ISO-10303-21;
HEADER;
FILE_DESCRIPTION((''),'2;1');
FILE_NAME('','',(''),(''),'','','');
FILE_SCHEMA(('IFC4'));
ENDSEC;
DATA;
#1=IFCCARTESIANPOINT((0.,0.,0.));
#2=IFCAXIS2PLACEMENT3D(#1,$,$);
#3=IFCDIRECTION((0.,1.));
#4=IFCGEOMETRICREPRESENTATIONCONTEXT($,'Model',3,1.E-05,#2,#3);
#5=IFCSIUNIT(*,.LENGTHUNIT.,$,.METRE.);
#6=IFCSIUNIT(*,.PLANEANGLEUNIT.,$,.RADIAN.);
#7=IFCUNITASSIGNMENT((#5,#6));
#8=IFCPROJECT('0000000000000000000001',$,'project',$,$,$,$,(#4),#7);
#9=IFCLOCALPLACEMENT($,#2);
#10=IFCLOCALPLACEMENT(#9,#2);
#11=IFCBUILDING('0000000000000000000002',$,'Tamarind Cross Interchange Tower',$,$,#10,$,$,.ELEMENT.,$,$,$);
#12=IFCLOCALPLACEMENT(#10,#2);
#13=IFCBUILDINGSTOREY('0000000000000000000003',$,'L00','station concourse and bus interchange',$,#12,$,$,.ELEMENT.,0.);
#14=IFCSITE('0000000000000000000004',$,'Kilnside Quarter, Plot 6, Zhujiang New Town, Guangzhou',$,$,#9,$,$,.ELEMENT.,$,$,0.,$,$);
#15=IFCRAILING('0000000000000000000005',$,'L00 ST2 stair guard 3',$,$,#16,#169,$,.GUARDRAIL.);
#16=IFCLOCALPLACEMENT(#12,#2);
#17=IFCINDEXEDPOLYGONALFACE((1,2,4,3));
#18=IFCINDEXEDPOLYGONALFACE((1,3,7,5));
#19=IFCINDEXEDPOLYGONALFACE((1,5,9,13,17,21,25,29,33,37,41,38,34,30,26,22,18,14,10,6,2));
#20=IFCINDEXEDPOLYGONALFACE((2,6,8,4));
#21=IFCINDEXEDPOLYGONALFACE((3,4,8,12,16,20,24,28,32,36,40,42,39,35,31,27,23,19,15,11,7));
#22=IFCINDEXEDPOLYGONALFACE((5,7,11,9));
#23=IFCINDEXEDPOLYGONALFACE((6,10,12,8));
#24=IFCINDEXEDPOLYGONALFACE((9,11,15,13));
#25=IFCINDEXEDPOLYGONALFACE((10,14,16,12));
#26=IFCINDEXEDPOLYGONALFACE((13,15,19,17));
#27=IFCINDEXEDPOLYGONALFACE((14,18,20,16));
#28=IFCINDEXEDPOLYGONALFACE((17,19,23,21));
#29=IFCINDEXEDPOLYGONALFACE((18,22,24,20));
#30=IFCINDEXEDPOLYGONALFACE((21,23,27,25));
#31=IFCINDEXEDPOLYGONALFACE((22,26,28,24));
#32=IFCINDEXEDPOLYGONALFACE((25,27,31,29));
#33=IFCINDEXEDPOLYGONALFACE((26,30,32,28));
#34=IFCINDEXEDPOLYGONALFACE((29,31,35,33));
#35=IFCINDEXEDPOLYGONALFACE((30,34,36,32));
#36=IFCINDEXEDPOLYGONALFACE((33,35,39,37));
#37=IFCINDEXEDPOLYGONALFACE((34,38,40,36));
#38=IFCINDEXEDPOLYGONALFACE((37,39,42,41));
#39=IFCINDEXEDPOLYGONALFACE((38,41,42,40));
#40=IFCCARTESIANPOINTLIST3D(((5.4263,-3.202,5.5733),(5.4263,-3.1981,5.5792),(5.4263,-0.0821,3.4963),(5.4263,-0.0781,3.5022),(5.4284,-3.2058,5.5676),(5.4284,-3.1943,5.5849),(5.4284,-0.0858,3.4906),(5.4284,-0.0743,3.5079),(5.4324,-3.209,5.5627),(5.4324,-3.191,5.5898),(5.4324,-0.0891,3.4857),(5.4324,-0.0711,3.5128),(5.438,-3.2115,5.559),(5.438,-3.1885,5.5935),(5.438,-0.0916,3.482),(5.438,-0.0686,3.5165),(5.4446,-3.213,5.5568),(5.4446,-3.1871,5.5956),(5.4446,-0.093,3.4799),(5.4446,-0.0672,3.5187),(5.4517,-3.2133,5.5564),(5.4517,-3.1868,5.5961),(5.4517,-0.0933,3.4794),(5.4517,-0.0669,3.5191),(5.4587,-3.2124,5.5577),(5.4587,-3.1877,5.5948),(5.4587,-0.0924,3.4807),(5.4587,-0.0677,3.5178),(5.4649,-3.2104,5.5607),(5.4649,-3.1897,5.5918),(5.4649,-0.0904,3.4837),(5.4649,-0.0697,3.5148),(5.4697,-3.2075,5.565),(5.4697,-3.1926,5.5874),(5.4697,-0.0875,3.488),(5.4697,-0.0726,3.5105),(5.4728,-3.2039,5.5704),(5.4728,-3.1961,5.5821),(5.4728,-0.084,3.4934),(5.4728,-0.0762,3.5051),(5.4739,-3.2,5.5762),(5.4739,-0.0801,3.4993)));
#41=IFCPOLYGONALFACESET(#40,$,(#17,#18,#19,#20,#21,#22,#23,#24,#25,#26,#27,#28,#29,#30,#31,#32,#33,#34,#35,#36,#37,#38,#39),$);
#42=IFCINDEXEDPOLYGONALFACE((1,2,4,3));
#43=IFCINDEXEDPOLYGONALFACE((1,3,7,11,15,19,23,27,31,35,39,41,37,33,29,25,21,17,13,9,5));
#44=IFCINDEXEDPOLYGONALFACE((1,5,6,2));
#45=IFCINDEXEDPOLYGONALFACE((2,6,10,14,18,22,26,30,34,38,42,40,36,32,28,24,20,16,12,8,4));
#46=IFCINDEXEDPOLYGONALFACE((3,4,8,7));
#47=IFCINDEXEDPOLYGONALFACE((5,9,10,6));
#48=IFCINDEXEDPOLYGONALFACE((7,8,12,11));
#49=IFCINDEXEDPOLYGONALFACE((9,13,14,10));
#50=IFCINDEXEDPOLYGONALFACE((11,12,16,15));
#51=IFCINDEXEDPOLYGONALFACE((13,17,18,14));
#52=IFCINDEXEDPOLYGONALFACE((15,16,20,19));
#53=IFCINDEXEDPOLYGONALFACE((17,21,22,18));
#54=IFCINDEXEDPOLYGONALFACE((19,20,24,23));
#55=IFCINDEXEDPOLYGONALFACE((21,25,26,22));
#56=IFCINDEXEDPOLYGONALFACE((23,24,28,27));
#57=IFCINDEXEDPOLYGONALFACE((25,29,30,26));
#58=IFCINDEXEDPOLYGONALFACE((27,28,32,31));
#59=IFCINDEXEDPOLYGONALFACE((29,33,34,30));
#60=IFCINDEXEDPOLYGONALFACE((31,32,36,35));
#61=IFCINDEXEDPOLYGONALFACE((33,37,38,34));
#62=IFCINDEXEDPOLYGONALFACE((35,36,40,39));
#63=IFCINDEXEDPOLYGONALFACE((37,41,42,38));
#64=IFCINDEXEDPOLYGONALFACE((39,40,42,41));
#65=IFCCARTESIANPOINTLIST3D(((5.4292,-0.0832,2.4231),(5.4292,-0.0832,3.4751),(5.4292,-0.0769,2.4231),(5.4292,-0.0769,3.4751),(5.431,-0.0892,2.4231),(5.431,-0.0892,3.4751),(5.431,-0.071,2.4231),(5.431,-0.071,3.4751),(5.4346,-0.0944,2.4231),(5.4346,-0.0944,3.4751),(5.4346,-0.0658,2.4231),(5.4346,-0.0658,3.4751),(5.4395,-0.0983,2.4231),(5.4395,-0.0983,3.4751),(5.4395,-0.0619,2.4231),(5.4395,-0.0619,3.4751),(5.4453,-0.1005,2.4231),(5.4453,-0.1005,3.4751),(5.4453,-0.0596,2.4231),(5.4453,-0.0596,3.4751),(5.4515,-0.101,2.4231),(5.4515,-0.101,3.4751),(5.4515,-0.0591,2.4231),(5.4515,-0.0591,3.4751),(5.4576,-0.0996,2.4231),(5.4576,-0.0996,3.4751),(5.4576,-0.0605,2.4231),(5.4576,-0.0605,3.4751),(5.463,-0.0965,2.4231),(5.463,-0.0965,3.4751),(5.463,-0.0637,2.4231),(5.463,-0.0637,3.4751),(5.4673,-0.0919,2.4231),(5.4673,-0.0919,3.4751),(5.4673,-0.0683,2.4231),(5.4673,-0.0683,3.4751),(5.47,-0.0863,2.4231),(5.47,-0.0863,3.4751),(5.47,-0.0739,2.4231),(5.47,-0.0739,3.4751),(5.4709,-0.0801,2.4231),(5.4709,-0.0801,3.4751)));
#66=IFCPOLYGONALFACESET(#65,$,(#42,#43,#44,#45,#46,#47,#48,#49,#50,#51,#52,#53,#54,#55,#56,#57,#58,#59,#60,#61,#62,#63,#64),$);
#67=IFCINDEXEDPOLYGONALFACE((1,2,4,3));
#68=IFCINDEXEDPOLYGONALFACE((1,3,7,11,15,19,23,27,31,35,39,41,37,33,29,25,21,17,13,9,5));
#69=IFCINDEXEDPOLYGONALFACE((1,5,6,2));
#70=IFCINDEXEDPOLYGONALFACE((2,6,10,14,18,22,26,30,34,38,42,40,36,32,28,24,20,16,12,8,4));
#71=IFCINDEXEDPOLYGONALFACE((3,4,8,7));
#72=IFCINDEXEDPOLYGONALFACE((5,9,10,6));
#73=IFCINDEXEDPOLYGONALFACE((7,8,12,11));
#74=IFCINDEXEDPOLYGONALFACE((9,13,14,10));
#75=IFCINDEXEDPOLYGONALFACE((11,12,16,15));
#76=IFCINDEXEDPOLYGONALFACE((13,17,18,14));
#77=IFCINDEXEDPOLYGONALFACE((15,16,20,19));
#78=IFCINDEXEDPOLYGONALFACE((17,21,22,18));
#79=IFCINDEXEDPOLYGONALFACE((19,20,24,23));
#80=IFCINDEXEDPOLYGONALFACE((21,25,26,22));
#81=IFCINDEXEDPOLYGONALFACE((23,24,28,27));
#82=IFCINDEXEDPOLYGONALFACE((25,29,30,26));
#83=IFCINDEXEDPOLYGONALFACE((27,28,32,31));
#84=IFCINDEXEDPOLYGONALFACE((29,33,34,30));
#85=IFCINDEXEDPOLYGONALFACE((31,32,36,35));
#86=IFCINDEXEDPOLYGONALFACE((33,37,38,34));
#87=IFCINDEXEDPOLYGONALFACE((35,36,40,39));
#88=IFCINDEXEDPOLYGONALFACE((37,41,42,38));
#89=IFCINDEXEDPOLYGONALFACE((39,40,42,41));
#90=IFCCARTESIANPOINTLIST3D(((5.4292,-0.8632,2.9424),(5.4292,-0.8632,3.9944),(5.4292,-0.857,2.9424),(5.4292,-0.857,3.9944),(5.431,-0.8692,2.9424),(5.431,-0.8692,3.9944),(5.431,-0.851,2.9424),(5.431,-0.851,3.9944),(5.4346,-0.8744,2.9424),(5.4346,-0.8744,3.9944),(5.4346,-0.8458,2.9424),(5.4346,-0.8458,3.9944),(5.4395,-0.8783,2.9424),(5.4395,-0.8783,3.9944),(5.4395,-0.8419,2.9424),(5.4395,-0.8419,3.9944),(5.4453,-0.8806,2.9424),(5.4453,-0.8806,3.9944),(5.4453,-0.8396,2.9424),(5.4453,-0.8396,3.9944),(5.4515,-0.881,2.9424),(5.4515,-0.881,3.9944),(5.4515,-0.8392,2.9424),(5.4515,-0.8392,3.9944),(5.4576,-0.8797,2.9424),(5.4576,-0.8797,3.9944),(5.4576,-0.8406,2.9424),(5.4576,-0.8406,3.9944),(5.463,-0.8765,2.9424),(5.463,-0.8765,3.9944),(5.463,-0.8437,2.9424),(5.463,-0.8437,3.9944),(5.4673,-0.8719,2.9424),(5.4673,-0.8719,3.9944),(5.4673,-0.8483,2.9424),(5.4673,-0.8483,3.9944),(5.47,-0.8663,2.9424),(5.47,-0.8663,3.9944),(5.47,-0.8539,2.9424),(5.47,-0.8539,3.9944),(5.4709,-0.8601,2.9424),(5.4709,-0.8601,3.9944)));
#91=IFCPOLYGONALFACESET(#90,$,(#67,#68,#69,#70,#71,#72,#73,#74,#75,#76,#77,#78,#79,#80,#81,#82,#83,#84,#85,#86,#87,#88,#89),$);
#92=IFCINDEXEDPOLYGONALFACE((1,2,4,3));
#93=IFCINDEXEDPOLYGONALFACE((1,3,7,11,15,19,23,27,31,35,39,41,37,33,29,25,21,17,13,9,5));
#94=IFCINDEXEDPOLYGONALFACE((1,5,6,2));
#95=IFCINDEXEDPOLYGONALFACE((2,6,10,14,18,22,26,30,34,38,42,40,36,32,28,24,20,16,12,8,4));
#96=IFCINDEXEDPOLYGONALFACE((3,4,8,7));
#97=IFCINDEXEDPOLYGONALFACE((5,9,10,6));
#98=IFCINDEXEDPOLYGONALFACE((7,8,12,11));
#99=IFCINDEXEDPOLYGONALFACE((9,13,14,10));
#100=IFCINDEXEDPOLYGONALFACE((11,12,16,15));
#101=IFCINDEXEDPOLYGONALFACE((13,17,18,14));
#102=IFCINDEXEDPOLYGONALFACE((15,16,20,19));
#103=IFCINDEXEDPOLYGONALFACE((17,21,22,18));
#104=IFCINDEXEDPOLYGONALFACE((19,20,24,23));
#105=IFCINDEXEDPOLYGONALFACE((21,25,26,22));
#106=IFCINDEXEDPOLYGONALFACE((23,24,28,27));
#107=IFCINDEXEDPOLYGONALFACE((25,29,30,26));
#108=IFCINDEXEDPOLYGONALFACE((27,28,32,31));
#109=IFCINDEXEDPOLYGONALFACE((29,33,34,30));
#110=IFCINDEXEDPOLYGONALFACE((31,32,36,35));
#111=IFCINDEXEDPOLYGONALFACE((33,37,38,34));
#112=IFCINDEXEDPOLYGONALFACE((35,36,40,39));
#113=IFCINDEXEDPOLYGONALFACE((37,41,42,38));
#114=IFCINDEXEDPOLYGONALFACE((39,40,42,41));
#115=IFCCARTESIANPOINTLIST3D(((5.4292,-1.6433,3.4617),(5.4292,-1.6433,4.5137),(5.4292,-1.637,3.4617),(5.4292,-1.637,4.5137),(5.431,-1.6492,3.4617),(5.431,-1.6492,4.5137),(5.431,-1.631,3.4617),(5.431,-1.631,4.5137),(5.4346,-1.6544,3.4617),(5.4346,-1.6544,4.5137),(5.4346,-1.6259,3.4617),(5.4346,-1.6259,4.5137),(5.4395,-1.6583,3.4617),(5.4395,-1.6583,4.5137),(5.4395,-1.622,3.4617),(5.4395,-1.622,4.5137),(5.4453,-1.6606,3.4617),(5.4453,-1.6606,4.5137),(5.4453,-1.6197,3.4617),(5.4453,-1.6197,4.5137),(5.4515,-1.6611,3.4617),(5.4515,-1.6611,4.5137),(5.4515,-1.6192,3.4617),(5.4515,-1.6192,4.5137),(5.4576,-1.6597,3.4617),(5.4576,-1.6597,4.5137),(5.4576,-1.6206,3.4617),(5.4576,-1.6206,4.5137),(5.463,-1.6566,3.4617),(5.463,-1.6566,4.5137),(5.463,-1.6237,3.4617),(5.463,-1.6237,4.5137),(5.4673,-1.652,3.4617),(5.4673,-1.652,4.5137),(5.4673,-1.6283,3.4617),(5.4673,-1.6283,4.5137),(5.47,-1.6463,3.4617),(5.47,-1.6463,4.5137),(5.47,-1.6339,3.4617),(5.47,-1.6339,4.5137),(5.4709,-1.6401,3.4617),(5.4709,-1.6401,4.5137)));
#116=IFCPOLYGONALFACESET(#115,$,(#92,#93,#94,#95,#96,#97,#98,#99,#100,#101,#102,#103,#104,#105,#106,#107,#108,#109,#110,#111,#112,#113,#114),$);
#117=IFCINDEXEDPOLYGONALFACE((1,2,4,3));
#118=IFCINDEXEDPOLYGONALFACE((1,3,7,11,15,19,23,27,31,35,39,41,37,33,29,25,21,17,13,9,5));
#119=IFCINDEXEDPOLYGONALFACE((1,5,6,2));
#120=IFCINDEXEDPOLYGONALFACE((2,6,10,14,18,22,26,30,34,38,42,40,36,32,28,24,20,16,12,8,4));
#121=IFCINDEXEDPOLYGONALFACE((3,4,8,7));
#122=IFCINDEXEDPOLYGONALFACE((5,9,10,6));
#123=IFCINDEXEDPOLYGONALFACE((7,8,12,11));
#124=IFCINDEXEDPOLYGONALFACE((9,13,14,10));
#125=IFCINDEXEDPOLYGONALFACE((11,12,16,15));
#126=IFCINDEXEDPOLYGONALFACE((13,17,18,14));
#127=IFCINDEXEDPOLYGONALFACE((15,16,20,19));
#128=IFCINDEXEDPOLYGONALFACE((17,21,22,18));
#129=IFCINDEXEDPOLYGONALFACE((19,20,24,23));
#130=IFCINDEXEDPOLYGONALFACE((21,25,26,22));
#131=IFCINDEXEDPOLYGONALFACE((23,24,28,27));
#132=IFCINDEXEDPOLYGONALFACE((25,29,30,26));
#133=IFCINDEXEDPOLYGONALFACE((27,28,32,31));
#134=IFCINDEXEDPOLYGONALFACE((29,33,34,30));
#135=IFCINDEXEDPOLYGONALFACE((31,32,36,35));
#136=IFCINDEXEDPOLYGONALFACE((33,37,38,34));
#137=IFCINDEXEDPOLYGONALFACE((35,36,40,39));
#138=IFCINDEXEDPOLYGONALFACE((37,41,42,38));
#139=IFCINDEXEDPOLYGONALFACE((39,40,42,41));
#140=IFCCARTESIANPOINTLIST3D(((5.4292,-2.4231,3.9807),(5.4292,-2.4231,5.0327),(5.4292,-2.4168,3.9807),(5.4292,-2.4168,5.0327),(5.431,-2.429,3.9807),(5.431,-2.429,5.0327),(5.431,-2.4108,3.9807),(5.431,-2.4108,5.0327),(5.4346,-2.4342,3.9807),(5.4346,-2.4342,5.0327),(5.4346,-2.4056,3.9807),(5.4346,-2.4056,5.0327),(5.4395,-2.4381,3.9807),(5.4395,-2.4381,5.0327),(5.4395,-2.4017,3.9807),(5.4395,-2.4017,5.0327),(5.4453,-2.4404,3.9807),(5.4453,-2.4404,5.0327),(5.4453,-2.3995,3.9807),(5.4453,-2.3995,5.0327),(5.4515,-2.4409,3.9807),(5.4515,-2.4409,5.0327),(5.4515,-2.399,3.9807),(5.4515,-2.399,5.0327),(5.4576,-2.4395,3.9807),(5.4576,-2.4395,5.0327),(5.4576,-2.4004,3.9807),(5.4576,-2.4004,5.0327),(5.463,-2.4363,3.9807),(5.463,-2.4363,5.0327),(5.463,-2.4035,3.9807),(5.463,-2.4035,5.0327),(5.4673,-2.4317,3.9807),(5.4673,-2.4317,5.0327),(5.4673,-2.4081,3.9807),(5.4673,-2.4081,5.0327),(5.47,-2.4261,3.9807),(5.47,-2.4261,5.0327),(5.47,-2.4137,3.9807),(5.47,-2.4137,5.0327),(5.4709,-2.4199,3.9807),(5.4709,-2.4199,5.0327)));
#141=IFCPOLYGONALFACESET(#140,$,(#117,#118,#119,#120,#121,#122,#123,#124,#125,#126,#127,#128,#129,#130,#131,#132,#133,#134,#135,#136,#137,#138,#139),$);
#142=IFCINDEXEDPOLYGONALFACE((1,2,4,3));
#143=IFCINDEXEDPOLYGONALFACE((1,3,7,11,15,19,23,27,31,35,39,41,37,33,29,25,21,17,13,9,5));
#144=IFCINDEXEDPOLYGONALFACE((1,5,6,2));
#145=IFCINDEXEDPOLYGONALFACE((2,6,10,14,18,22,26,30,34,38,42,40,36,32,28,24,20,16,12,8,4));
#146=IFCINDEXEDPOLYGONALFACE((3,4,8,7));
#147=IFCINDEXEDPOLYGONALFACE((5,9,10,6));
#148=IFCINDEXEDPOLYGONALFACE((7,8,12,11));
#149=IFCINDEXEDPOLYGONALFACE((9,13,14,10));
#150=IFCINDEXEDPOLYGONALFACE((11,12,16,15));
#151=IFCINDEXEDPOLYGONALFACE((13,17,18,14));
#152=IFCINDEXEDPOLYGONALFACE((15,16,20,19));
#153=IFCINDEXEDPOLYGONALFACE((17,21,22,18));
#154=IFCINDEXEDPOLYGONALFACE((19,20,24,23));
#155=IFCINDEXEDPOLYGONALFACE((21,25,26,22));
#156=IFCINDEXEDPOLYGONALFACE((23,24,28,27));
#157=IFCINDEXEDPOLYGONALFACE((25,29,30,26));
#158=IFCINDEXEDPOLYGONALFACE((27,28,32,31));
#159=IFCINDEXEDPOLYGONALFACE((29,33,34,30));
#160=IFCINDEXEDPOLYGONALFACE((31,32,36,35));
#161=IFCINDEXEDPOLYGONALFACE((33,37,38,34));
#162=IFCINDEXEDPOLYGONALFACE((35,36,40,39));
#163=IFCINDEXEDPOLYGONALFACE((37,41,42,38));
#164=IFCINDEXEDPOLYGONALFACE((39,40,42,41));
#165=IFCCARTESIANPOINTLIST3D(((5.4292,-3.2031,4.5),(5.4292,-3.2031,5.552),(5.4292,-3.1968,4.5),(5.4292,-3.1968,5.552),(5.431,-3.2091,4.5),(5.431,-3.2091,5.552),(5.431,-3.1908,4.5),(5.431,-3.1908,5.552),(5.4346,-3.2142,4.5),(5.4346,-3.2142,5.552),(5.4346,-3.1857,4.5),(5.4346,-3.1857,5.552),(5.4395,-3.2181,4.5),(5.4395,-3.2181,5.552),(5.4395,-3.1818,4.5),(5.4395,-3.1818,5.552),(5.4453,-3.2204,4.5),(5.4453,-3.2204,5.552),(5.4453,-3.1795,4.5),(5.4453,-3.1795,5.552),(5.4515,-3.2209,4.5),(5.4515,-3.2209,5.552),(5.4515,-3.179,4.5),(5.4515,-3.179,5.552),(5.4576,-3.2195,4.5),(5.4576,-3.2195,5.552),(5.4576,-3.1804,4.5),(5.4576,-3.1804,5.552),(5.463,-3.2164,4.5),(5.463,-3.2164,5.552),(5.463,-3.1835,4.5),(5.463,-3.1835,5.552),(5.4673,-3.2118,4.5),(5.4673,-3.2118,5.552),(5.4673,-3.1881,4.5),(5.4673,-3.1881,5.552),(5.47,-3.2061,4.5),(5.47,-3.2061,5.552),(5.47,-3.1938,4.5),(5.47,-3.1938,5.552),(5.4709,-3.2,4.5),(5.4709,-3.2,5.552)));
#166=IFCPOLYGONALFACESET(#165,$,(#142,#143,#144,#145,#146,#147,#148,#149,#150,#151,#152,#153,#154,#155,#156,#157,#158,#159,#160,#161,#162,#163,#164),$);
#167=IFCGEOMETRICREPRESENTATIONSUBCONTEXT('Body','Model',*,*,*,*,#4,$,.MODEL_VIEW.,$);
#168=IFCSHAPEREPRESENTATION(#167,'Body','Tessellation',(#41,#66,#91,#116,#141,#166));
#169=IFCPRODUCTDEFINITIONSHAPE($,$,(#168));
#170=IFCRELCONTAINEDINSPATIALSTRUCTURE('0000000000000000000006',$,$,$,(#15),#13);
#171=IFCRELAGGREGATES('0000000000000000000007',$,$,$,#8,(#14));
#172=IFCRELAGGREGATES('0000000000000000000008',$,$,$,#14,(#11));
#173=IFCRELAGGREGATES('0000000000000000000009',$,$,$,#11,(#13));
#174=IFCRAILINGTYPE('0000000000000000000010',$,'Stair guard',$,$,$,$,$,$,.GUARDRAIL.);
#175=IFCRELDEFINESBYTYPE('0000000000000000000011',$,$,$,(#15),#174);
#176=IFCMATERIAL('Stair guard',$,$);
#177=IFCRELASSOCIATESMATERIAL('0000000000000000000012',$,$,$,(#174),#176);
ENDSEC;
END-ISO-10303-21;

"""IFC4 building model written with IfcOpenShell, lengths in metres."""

from ifc_helpers import new_model, si_unit, direction, frame, origin, origin_2d, place, context, subcontext, project, spatial, circle, extrude, material, type_object, element, save


model = new_model("IFC4")

# Units and contexts
model_context = context("Model", 3, precision=1e-05, world=origin(), true_north=direction((0.0, 1.0)))
body_context = subcontext(model_context, "Body", "Model", "MODEL_VIEW")
ifc_project = project(units=[si_unit("LENGTHUNIT", "METRE"), si_unit("PLANEANGLEUNIT", "RADIAN")], contexts=[model_context])

# Site, building, storey
site_placement = place(None, origin())
site = spatial("IfcSite", under=ifc_project, at=site_placement, Name="Kilnside Quarter, Plot 6, Zhujiang New Town, Guangzhou", CompositionType="ELEMENT", RefElevation=0.0)
building_placement = place(site_placement, origin())
building = spatial("IfcBuilding", under=site, at=building_placement, Name="Tamarind Cross Interchange Tower", CompositionType="ELEMENT")
storey_placement = place(building_placement, origin())
storey = spatial("IfcBuildingStorey", under=building, at=storey_placement, Name="L00", Description="station concourse and bus interchange", CompositionType="ELEMENT", Elevation=0.0)

# Railing
ifc_material_1 = material(Name="Stair guard")
railing_type_1 = type_object("IfcRailingType", Name="Stair guard", PredefinedType="GUARDRAIL", material=ifc_material_1)
railing_1_placement = place(storey_placement, frame((5.45, -0.0801, 2.4231)))
element("IfcRailing", 1, at=railing_1_placement, inside=storey, type_object=railing_type_1, Name="L00 ST2 stair guard 3", PredefinedType="GUARDRAIL", context=body_context, shape_type="SweptSolid", body=[
    extrude(circle(Radius=0.0239, at=origin_2d()), frame((0.0, 0.0, 1.0762), z_axis=(0.0, -0.832421, 0.554144), x_axis=(1.0, 0.0, 0.0)), (0.0, 0.0, 1.0), 3.748),
    extrude(circle(Radius=0.021, at=origin_2d()), origin(), (0.0, 0.0, 1.0), 1.052),
    extrude(circle(Radius=0.021, at=origin_2d()), frame((0.0, -0.78, 0.5193)), (0.0, 0.0, 1.0), 1.052),
    extrude(circle(Radius=0.021, at=origin_2d()), frame((0.0, -1.5601, 1.0386)), (0.0, 0.0, 1.0), 1.052),
    extrude(circle(Radius=0.021, at=origin_2d()), frame((0.0, -2.3398, 1.5576)), (0.0, 0.0, 1.0), 1.052),
    extrude(circle(Radius=0.021, at=origin_2d()), frame((0.0, -3.1199, 2.0769)), (0.0, 0.0, 1.0), 1.052),
])

save(model, "model.ifc")
